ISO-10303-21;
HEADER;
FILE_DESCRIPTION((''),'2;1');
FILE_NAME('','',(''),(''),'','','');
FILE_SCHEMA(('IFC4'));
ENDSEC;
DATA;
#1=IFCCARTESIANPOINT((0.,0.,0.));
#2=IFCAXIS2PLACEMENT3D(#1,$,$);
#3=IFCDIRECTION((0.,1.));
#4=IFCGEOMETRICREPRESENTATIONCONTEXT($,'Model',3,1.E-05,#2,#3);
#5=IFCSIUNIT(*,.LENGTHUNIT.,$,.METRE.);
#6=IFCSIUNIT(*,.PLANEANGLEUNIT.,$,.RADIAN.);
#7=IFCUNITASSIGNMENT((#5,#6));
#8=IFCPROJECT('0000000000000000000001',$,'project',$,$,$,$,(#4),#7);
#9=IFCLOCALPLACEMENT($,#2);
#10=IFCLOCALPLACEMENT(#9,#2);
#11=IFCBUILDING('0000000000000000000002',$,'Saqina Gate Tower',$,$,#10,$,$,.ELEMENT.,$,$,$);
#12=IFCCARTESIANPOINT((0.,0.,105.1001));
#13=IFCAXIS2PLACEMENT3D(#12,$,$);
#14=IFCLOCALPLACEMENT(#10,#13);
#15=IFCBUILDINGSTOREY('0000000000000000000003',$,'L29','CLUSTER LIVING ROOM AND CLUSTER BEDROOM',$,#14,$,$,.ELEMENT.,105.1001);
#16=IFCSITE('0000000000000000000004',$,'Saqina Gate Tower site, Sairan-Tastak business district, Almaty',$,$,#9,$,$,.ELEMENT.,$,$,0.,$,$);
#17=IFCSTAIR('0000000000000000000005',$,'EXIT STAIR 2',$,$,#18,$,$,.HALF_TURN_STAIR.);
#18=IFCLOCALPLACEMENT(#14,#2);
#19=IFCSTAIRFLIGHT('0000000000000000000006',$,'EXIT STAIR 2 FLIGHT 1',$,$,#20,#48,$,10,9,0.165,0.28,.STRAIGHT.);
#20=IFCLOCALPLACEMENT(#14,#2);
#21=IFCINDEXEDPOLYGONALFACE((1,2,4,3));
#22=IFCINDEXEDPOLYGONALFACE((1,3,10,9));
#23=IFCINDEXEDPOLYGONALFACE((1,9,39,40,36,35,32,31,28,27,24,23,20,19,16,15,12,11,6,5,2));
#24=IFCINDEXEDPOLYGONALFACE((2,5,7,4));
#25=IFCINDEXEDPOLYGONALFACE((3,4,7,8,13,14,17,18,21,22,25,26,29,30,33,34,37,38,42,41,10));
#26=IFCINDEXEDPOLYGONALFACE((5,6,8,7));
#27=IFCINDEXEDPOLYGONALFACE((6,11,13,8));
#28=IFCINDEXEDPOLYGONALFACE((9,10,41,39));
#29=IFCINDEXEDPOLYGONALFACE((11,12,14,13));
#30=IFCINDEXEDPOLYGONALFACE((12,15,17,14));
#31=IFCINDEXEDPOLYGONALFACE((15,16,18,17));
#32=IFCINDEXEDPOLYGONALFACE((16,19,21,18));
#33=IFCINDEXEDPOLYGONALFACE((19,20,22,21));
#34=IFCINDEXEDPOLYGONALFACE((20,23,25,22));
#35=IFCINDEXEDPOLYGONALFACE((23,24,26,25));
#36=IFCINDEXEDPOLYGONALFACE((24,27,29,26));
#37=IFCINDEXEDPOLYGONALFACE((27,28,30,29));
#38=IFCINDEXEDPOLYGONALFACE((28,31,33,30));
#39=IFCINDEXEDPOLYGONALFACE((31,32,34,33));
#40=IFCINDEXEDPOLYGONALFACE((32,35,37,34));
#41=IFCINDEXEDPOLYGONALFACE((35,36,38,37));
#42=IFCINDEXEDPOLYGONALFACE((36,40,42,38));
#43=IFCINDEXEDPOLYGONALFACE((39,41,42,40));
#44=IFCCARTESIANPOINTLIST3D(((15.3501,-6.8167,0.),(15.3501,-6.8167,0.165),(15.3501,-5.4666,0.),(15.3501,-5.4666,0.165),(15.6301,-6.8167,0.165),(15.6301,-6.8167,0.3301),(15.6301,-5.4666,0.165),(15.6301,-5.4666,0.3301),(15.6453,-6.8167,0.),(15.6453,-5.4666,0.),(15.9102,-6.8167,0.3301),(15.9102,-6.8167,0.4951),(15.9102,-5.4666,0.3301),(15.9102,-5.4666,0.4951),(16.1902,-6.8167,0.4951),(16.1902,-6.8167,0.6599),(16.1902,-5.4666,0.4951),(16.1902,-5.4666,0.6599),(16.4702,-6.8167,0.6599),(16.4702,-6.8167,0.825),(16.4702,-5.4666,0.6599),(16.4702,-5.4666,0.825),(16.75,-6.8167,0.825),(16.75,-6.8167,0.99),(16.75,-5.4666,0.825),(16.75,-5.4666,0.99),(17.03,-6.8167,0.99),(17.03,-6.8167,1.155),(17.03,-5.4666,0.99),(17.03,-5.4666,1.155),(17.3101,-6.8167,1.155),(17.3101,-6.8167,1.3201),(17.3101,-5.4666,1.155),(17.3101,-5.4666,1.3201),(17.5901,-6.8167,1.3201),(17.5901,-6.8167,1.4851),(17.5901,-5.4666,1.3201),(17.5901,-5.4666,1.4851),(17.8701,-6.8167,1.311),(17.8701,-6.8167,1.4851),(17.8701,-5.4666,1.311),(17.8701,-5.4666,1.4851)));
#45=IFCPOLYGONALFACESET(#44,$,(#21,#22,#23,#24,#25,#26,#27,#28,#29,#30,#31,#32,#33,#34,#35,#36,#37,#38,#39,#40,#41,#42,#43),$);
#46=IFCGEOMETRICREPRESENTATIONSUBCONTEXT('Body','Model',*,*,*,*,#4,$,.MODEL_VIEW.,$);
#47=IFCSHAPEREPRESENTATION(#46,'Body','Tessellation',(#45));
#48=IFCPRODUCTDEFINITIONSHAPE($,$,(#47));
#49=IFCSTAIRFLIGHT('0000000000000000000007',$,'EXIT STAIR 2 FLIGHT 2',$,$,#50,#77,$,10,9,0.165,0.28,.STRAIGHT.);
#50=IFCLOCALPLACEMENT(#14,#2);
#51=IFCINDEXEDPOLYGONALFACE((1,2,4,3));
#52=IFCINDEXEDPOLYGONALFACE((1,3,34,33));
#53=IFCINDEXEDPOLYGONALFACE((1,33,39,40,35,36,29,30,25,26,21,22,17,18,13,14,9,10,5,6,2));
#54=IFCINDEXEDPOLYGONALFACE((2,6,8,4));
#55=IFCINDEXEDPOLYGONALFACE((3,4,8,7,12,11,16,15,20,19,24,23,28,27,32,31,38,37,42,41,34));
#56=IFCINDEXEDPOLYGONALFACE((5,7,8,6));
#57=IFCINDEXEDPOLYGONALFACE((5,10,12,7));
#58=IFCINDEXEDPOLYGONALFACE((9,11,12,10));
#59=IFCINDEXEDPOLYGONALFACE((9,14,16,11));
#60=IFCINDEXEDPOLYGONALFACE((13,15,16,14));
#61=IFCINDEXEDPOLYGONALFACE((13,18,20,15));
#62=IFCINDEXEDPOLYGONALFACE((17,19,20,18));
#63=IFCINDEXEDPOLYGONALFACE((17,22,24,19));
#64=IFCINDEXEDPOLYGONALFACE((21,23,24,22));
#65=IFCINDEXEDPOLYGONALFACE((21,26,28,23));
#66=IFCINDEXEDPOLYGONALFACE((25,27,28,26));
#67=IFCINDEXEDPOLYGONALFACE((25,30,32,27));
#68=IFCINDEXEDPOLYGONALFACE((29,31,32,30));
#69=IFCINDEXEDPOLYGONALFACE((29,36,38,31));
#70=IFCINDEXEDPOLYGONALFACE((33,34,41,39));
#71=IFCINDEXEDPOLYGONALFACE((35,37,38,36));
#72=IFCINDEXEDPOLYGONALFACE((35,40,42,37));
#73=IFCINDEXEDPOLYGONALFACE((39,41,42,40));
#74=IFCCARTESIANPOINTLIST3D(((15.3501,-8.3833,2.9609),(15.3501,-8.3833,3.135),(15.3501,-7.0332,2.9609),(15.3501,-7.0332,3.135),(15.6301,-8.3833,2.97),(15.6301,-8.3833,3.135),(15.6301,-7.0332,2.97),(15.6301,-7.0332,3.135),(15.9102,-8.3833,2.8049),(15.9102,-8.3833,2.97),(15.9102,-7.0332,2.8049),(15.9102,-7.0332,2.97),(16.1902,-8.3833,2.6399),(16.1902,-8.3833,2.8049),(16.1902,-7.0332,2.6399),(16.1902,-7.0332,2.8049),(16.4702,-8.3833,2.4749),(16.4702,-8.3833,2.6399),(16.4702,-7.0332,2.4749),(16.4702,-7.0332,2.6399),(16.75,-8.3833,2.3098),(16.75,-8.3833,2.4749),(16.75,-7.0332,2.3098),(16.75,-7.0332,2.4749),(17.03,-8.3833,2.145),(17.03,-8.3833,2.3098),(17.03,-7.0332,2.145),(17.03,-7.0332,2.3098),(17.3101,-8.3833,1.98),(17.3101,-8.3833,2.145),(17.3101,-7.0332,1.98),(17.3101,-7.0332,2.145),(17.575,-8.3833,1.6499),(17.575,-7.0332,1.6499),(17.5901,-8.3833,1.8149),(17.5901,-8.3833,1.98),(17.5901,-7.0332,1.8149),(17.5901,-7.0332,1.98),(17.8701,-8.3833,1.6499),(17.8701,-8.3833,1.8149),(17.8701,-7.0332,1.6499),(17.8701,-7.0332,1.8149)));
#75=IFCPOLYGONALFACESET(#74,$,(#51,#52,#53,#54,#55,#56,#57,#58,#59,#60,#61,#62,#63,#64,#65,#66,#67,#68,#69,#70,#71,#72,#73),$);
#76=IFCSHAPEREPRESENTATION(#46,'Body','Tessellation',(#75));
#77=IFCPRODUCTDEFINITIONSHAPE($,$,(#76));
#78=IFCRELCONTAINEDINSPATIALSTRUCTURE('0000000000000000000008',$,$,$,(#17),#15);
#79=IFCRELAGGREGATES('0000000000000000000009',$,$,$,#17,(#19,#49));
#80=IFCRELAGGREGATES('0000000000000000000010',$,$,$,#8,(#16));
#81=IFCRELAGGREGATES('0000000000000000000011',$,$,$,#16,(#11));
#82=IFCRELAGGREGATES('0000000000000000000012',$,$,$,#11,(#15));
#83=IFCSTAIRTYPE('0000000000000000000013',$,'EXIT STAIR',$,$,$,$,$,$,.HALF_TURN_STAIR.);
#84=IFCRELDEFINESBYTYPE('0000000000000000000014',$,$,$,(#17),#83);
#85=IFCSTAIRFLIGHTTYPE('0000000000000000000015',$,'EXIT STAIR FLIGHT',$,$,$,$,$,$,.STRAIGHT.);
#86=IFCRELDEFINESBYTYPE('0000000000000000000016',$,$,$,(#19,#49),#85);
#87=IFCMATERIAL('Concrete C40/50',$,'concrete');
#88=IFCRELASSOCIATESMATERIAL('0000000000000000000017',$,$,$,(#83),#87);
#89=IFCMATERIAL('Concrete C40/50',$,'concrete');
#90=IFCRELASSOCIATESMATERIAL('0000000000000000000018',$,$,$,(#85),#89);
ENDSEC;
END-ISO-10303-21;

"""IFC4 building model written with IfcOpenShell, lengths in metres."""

from ifc_helpers import new_model, si_unit, direction, frame, origin, place, context, subcontext, project, spatial, polyline, outline, extrude, material, type_object, element, aggregate, save


model = new_model("IFC4")

# Units and contexts
model_context = context("Model", 3, precision=1e-05, world=origin(), true_north=direction((0.0, 1.0)))
body_context = subcontext(model_context, "Body", "Model", "MODEL_VIEW")
ifc_project = project(units=[si_unit("LENGTHUNIT", "METRE"), si_unit("PLANEANGLEUNIT", "RADIAN")], contexts=[model_context])

# Site, building, storey
site_placement = place(None, origin())
site = spatial("IfcSite", under=ifc_project, at=site_placement, Name="Saqina Gate Tower site, Sairan-Tastak business district, Almaty", CompositionType="ELEMENT", RefElevation=0.0)
building_placement = place(site_placement, origin())
building = spatial("IfcBuilding", under=site, at=building_placement, Name="Saqina Gate Tower", CompositionType="ELEMENT")
storey_placement = place(building_placement, frame((0.0, 0.0, 105.1001)))
storey = spatial("IfcBuildingStorey", under=building, at=storey_placement, Name="L29", Description="CLUSTER LIVING ROOM AND CLUSTER BEDROOM", CompositionType="ELEMENT", Elevation=105.1001)

# Stair, stair flights
ifc_material_1 = material(Name="Concrete C40/50", Category="concrete")
stair_type = type_object("IfcStairType", Name="EXIT STAIR", PredefinedType="HALF_TURN_STAIR", material=ifc_material_1)
stair_placement = place(storey_placement, origin())
stair = element("IfcStair", 1, at=stair_placement, inside=storey, type_object=stair_type, Name="EXIT STAIR 2", PredefinedType="HALF_TURN_STAIR")
ifc_material_2 = material(Name="Concrete C40/50", Category="concrete")
stair_flight_type = type_object("IfcStairFlightType", Name="EXIT STAIR FLIGHT", PredefinedType="STRAIGHT", material=ifc_material_2)
stair_flight_1_placement = place(storey_placement, frame((15.3501, -6.1416, 0.0), z_axis=(0.0, 0.0, 1.0), x_axis=(1.0, 0.0, 0.0)))
stair_flight_1 = element("IfcStairFlight", 2, at=stair_flight_1_placement, type_object=stair_flight_type, Name="EXIT STAIR 2 FLIGHT 1", NumberOfRisers=10, NumberOfTreads=9, PredefinedType="STRAIGHT", RiserHeight=0.165, TreadLength=0.28, context=body_context, shape_type="SweptSolid", body=[
    extrude(outline(polyline([(0.0, 0.0), (0.0, 0.165), (0.28, 0.165), (0.28, 0.3301), (0.5601, 0.3301), (0.5601, 0.4951), (0.8401, 0.4951), (0.8401, 0.6599), (1.1201, 0.6599), (1.1201, 0.825), (1.3999, 0.825), (1.3999, 0.99), (1.6799, 0.99), (1.6799, 1.155), (1.96, 1.155), (1.96, 1.3201), (2.24, 1.3201), (2.24, 1.4851), (2.52, 1.4851), (2.52, 1.6499), (2.52, 1.311), (0.2952, 0.0), (0.0, 0.0)])), frame((0.0, 0.675, 0.0), z_axis=(0.0, -1.0, 0.0), x_axis=(1.0, 0.0, 0.0)), (0.0, 0.0, 1.0), 1.3501),
])
stair_flight_2_placement = place(storey_placement, frame((17.8701, -7.7083, 1.6499), z_axis=(0.0, 0.0, 1.0), x_axis=(-1.0, 0.0, 0.0)))
stair_flight_2 = element("IfcStairFlight", 3, at=stair_flight_2_placement, type_object=stair_flight_type, Name="EXIT STAIR 2 FLIGHT 2", NumberOfRisers=10, NumberOfTreads=9, PredefinedType="STRAIGHT", RiserHeight=0.165, TreadLength=0.28, context=body_context, shape_type="SweptSolid", body=[
    extrude(outline(polyline([(0.0, 0.0), (0.0, 0.165), (0.28, 0.165), (0.28, 0.3301), (0.5601, 0.3301), (0.5601, 0.4951), (0.8401, 0.4951), (0.8401, 0.6599), (1.1201, 0.6599), (1.1201, 0.825), (1.3999, 0.825), (1.3999, 0.99), (1.6799, 0.99), (1.6799, 1.155), (1.96, 1.155), (1.96, 1.3201), (2.24, 1.3201), (2.24, 1.4851), (2.52, 1.4851), (2.52, 1.6499), (2.52, 1.311), (0.2952, 0.0), (0.0, 0.0)])), frame((0.0, 0.675, 0.0), z_axis=(0.0, -1.0, 0.0), x_axis=(1.0, 0.0, 0.0)), (0.0, 0.0, 1.0), 1.3501),
])
aggregate(stair, [stair_flight_1, stair_flight_2])

save(model, "model.ifc")
